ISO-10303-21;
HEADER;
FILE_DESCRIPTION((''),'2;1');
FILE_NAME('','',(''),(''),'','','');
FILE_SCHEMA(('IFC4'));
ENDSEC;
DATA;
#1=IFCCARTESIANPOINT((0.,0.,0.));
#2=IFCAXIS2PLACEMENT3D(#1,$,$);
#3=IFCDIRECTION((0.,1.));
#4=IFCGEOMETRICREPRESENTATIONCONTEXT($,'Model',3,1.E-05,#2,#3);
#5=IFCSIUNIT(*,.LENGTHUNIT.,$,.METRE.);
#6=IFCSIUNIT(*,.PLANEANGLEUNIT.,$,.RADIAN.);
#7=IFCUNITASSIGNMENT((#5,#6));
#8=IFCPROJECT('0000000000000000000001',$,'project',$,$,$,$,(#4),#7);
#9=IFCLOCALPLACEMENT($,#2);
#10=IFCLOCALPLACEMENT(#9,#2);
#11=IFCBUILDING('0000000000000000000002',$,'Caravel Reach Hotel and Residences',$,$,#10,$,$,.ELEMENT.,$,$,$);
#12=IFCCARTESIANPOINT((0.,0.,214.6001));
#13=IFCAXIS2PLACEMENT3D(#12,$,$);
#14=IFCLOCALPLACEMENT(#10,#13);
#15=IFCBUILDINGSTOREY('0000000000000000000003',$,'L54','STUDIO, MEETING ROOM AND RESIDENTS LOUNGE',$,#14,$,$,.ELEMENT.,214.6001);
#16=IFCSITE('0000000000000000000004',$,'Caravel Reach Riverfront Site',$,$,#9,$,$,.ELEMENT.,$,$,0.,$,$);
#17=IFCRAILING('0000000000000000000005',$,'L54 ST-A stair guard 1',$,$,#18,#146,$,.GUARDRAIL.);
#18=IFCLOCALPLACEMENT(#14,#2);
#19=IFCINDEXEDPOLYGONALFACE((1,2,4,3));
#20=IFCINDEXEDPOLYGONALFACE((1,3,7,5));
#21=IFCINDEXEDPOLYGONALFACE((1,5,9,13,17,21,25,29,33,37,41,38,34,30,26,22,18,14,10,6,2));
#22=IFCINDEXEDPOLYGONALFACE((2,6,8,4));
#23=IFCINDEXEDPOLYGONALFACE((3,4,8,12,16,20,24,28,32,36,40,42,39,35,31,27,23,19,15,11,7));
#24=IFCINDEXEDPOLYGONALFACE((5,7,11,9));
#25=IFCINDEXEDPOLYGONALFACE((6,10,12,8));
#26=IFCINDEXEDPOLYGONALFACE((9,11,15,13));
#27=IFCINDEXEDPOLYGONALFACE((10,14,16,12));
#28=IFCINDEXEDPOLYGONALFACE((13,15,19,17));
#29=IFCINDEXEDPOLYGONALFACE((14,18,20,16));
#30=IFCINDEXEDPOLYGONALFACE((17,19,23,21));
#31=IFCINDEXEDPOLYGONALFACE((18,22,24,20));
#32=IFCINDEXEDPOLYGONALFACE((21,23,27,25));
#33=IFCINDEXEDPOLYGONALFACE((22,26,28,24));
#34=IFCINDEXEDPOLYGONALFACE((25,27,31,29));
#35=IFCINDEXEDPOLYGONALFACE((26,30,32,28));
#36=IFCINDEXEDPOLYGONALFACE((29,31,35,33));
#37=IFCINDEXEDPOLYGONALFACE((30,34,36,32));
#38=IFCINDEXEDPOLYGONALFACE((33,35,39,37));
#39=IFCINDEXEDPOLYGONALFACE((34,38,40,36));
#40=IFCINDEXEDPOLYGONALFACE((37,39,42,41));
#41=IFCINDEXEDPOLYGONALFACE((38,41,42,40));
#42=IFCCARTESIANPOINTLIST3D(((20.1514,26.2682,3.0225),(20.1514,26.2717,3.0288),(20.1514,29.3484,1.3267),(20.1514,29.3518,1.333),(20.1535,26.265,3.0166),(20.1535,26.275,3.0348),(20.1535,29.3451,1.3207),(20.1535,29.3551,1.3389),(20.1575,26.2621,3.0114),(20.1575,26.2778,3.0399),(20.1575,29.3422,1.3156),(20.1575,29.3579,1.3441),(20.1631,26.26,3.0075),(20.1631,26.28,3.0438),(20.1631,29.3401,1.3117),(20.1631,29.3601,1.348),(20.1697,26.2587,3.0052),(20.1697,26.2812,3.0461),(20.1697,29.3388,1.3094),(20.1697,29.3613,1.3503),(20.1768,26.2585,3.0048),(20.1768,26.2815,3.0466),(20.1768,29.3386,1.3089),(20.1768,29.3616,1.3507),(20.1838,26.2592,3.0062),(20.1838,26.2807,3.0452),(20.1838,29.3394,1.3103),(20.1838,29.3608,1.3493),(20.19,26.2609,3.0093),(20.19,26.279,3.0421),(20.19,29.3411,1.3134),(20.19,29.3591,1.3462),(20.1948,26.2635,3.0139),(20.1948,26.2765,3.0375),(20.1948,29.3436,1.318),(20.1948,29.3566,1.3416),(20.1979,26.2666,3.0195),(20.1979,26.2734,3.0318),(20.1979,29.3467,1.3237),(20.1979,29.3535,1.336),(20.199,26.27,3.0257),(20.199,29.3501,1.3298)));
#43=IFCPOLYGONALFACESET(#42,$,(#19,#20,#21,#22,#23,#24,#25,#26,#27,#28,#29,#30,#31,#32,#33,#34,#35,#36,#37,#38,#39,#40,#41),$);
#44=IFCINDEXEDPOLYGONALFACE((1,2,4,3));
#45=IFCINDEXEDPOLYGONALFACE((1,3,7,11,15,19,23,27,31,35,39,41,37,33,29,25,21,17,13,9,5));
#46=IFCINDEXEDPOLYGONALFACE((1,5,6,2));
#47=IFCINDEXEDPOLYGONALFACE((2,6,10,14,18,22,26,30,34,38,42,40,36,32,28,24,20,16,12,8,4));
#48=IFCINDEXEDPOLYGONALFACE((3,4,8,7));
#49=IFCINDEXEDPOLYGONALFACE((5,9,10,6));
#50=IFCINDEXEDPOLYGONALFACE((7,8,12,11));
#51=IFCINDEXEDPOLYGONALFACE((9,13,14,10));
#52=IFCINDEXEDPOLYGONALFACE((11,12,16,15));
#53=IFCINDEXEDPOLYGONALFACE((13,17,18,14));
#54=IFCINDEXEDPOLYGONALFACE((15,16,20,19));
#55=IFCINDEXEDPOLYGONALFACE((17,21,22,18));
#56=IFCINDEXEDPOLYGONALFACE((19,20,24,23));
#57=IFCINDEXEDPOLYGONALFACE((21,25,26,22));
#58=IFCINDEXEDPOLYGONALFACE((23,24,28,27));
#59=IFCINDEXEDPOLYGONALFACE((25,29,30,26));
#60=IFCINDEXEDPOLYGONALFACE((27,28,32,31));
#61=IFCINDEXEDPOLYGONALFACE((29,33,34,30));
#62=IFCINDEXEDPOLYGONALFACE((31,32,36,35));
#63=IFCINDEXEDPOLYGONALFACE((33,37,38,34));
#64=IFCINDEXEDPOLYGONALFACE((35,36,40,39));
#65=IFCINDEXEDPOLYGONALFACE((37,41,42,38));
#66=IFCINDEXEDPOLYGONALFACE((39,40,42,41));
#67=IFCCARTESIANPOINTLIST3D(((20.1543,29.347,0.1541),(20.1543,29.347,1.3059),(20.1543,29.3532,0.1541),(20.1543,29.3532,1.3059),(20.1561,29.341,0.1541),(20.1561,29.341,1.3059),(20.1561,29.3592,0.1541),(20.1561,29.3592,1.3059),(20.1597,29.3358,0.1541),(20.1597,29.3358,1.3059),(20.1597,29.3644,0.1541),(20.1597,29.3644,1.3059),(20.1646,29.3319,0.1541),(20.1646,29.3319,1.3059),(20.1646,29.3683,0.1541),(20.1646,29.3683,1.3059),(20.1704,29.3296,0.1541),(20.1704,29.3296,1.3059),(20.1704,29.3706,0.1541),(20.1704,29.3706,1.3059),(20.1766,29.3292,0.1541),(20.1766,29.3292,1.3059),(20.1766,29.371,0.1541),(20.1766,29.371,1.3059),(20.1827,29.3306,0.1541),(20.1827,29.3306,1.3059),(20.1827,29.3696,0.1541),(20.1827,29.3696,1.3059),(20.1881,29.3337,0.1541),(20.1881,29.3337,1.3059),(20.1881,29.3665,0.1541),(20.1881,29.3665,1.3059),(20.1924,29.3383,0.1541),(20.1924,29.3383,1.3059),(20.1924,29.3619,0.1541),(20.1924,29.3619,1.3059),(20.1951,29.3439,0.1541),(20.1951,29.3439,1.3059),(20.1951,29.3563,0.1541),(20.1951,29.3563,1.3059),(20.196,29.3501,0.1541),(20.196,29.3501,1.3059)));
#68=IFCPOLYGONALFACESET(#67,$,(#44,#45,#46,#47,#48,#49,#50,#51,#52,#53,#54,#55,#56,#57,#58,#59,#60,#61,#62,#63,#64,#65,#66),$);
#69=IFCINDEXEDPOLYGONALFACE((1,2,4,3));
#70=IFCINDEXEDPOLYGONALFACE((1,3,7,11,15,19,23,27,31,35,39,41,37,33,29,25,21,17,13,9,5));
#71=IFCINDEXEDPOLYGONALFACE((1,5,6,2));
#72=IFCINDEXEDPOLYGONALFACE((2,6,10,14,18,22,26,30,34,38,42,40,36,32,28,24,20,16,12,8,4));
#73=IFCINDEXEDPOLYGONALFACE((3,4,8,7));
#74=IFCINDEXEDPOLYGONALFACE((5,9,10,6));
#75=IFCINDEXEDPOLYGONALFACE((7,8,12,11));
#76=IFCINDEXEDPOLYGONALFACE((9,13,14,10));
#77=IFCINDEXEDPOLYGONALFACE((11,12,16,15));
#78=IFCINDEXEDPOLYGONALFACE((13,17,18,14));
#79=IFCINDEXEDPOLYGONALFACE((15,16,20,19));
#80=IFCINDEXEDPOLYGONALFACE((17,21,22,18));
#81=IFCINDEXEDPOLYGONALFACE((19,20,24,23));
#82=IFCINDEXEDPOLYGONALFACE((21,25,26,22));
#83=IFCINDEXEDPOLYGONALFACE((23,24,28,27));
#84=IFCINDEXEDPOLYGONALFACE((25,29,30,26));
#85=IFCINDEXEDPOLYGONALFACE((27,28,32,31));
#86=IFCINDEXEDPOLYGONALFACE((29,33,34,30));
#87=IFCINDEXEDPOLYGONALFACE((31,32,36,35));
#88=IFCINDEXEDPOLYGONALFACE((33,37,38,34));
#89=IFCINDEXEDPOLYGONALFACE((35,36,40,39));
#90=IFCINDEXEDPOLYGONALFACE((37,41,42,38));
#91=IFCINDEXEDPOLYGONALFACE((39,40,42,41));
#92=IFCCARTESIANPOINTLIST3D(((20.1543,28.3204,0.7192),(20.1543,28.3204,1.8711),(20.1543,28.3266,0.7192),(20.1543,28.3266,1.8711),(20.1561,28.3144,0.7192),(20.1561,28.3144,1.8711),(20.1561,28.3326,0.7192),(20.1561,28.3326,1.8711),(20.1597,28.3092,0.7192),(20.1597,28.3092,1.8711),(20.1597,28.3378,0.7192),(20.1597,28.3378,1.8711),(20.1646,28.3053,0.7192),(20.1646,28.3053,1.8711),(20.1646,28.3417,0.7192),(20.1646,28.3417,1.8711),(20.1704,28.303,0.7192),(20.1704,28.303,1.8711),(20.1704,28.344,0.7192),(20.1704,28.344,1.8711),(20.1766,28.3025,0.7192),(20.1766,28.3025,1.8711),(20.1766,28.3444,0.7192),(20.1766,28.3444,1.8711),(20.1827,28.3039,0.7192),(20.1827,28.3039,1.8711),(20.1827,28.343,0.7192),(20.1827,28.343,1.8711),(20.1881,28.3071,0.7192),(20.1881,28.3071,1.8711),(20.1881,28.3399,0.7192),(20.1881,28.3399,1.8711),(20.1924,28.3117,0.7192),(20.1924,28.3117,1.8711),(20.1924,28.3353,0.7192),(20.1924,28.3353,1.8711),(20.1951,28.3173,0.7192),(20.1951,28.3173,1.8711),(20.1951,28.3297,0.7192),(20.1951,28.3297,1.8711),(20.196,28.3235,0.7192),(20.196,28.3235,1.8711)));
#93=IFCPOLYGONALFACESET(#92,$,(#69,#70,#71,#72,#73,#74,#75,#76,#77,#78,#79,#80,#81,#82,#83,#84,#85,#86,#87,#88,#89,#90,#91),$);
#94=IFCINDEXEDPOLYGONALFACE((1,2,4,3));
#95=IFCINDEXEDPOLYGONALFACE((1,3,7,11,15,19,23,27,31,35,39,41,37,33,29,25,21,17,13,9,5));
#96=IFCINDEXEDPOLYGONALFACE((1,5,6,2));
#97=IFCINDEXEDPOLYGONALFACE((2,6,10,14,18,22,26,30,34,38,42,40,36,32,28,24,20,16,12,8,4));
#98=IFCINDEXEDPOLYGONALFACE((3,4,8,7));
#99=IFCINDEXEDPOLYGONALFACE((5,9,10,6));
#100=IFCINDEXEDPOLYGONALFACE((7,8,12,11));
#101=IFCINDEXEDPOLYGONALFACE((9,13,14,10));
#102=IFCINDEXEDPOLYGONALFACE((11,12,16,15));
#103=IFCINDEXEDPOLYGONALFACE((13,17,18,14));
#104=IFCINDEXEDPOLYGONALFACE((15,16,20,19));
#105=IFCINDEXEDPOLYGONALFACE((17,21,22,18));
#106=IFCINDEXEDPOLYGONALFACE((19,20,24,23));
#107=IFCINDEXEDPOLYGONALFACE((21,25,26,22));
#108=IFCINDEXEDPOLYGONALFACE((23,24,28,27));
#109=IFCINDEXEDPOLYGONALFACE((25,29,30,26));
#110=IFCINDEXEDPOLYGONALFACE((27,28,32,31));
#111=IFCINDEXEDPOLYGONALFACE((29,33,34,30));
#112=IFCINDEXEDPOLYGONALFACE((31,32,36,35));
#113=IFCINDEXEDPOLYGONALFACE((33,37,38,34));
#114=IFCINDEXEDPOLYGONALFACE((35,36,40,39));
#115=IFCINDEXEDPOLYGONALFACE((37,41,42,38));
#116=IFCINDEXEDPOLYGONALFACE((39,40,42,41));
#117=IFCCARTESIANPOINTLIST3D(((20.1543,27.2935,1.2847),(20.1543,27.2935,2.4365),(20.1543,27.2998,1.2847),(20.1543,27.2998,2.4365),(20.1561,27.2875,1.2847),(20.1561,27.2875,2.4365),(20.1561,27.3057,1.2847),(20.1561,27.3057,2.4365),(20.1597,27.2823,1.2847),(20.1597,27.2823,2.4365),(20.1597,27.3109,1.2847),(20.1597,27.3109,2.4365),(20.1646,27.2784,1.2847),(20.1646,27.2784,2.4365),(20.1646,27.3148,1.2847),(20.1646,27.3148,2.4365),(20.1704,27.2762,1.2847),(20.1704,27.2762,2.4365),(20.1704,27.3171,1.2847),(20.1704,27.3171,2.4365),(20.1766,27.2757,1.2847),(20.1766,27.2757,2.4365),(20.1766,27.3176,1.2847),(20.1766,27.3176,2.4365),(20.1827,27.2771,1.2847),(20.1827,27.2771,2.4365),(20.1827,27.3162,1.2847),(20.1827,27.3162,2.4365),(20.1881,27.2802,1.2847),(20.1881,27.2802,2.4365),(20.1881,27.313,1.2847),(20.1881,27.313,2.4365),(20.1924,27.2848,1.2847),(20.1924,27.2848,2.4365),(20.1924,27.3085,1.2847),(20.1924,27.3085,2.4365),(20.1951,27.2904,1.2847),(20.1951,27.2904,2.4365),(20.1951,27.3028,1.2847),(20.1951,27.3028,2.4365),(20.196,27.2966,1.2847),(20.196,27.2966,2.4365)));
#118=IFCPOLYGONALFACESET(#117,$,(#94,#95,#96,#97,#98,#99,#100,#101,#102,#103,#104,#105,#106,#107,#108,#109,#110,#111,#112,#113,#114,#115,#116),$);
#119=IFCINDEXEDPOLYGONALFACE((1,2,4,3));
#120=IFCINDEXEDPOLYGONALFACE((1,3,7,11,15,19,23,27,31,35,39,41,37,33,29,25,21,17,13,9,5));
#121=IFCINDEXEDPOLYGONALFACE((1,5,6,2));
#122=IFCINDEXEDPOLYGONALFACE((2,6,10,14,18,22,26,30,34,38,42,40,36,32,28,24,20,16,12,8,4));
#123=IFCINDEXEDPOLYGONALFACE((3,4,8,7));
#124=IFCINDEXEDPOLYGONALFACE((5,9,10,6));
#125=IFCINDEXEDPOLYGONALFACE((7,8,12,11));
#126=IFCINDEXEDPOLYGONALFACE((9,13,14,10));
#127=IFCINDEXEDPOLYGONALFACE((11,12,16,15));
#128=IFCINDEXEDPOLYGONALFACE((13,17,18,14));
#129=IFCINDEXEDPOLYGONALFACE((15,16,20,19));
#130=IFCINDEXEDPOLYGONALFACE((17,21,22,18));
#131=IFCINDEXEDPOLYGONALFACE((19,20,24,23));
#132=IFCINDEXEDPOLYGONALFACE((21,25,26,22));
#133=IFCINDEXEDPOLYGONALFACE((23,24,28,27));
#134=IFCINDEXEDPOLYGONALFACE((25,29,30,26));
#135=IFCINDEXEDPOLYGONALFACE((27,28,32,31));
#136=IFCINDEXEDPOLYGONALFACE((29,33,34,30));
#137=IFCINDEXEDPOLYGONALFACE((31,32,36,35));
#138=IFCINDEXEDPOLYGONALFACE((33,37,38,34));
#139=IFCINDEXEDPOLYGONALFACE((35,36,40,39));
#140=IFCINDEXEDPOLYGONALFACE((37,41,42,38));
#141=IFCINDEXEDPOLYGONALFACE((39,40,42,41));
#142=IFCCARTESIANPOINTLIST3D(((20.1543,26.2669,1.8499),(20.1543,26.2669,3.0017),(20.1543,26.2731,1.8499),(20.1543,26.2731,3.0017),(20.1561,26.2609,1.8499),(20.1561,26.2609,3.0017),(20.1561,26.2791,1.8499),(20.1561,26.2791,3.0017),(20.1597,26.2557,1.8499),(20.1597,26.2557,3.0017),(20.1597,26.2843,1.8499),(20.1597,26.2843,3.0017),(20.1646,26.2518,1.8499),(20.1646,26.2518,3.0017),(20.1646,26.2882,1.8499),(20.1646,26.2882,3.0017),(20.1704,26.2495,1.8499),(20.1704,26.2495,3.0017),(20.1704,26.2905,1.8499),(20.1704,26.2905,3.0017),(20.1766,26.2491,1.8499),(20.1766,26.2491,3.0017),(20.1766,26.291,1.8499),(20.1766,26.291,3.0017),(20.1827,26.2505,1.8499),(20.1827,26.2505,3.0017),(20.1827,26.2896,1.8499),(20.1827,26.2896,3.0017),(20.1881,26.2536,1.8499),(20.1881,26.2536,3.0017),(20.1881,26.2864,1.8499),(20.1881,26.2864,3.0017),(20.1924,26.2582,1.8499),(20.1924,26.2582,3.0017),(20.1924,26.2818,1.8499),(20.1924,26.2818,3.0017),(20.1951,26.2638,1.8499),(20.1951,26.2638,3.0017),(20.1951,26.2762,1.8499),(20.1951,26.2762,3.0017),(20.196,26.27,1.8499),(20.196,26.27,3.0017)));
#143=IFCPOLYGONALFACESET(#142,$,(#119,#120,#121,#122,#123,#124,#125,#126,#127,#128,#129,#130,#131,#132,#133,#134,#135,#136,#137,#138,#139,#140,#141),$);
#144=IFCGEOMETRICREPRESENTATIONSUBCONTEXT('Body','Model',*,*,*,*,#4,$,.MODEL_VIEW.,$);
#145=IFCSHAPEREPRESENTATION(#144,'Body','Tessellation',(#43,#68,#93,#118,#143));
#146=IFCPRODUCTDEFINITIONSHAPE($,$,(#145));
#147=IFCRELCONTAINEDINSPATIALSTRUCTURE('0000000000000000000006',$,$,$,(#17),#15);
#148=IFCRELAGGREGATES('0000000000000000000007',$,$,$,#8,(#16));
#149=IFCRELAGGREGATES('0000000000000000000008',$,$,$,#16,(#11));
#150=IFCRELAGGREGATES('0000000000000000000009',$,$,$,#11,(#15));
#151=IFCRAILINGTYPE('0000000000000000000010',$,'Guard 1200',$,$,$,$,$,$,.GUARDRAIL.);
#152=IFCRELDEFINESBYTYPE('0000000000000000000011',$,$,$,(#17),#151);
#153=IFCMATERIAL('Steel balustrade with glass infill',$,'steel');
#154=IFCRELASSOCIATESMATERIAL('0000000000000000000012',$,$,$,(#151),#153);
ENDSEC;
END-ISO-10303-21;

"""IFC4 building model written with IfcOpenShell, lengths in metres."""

from ifc_helpers import new_model, si_unit, direction, frame, origin, origin_2d, place, context, subcontext, project, spatial, circle, extrude, material, type_object, element, save


model = new_model("IFC4")

# Units and contexts
model_context = context("Model", 3, precision=1e-05, world=origin(), true_north=direction((0.0, 1.0)))
body_context = subcontext(model_context, "Body", "Model", "MODEL_VIEW")
ifc_project = project(units=[si_unit("LENGTHUNIT", "METRE"), si_unit("PLANEANGLEUNIT", "RADIAN")], contexts=[model_context])

# Site, building, storey
site_placement = place(None, origin())
site = spatial("IfcSite", under=ifc_project, at=site_placement, Name="Caravel Reach Riverfront Site", CompositionType="ELEMENT", RefElevation=0.0)
building_placement = place(site_placement, origin())
building = spatial("IfcBuilding", under=site, at=building_placement, Name="Caravel Reach Hotel and Residences", CompositionType="ELEMENT")
storey_placement = place(building_placement, frame((0.0, 0.0, 214.6001)))
storey = spatial("IfcBuildingStorey", under=building, at=storey_placement, Name="L54", Description="STUDIO, MEETING ROOM AND RESIDENTS LOUNGE", CompositionType="ELEMENT", Elevation=214.6001)

# Railing
ifc_material_1 = material(Name="Steel balustrade with glass infill", Category="steel")
railing_type_1 = type_object("IfcRailingType", Name="Guard 1200", PredefinedType="GUARDRAIL", material=ifc_material_1)
railing_1_placement = place(storey_placement, frame((20.175, 29.3501, 0.1541)))
element("IfcRailing", 1, at=railing_1_placement, inside=storey, type_object=railing_type_1, Name="L54 ST-A stair guard 1", PredefinedType="GUARDRAIL", context=body_context, shape_type="SweptSolid", body=[
    extrude(circle(Radius=0.0239, at=origin_2d()), frame((0.0, 0.0, 1.1758), z_axis=(0.0, -0.876005, 0.482303), x_axis=(1.0, 0.0, 0.0)), (0.0, 0.0, 1.0), 3.5161),
    extrude(circle(Radius=0.021, at=origin_2d()), origin(), (0.0, 0.0, 1.0), 1.1519),
    extrude(circle(Radius=0.021, at=origin_2d()), frame((0.0, -1.0266, 0.5652)), (0.0, 0.0, 1.0), 1.1519),
    extrude(circle(Radius=0.021, at=origin_2d()), frame((0.0, -2.0535, 1.1306)), (0.0, 0.0, 1.0), 1.1519),
    extrude(circle(Radius=0.021, at=origin_2d()), frame((0.0, -3.0801, 1.6958)), (0.0, 0.0, 1.0), 1.1519),
])

save(model, "model.ifc")
